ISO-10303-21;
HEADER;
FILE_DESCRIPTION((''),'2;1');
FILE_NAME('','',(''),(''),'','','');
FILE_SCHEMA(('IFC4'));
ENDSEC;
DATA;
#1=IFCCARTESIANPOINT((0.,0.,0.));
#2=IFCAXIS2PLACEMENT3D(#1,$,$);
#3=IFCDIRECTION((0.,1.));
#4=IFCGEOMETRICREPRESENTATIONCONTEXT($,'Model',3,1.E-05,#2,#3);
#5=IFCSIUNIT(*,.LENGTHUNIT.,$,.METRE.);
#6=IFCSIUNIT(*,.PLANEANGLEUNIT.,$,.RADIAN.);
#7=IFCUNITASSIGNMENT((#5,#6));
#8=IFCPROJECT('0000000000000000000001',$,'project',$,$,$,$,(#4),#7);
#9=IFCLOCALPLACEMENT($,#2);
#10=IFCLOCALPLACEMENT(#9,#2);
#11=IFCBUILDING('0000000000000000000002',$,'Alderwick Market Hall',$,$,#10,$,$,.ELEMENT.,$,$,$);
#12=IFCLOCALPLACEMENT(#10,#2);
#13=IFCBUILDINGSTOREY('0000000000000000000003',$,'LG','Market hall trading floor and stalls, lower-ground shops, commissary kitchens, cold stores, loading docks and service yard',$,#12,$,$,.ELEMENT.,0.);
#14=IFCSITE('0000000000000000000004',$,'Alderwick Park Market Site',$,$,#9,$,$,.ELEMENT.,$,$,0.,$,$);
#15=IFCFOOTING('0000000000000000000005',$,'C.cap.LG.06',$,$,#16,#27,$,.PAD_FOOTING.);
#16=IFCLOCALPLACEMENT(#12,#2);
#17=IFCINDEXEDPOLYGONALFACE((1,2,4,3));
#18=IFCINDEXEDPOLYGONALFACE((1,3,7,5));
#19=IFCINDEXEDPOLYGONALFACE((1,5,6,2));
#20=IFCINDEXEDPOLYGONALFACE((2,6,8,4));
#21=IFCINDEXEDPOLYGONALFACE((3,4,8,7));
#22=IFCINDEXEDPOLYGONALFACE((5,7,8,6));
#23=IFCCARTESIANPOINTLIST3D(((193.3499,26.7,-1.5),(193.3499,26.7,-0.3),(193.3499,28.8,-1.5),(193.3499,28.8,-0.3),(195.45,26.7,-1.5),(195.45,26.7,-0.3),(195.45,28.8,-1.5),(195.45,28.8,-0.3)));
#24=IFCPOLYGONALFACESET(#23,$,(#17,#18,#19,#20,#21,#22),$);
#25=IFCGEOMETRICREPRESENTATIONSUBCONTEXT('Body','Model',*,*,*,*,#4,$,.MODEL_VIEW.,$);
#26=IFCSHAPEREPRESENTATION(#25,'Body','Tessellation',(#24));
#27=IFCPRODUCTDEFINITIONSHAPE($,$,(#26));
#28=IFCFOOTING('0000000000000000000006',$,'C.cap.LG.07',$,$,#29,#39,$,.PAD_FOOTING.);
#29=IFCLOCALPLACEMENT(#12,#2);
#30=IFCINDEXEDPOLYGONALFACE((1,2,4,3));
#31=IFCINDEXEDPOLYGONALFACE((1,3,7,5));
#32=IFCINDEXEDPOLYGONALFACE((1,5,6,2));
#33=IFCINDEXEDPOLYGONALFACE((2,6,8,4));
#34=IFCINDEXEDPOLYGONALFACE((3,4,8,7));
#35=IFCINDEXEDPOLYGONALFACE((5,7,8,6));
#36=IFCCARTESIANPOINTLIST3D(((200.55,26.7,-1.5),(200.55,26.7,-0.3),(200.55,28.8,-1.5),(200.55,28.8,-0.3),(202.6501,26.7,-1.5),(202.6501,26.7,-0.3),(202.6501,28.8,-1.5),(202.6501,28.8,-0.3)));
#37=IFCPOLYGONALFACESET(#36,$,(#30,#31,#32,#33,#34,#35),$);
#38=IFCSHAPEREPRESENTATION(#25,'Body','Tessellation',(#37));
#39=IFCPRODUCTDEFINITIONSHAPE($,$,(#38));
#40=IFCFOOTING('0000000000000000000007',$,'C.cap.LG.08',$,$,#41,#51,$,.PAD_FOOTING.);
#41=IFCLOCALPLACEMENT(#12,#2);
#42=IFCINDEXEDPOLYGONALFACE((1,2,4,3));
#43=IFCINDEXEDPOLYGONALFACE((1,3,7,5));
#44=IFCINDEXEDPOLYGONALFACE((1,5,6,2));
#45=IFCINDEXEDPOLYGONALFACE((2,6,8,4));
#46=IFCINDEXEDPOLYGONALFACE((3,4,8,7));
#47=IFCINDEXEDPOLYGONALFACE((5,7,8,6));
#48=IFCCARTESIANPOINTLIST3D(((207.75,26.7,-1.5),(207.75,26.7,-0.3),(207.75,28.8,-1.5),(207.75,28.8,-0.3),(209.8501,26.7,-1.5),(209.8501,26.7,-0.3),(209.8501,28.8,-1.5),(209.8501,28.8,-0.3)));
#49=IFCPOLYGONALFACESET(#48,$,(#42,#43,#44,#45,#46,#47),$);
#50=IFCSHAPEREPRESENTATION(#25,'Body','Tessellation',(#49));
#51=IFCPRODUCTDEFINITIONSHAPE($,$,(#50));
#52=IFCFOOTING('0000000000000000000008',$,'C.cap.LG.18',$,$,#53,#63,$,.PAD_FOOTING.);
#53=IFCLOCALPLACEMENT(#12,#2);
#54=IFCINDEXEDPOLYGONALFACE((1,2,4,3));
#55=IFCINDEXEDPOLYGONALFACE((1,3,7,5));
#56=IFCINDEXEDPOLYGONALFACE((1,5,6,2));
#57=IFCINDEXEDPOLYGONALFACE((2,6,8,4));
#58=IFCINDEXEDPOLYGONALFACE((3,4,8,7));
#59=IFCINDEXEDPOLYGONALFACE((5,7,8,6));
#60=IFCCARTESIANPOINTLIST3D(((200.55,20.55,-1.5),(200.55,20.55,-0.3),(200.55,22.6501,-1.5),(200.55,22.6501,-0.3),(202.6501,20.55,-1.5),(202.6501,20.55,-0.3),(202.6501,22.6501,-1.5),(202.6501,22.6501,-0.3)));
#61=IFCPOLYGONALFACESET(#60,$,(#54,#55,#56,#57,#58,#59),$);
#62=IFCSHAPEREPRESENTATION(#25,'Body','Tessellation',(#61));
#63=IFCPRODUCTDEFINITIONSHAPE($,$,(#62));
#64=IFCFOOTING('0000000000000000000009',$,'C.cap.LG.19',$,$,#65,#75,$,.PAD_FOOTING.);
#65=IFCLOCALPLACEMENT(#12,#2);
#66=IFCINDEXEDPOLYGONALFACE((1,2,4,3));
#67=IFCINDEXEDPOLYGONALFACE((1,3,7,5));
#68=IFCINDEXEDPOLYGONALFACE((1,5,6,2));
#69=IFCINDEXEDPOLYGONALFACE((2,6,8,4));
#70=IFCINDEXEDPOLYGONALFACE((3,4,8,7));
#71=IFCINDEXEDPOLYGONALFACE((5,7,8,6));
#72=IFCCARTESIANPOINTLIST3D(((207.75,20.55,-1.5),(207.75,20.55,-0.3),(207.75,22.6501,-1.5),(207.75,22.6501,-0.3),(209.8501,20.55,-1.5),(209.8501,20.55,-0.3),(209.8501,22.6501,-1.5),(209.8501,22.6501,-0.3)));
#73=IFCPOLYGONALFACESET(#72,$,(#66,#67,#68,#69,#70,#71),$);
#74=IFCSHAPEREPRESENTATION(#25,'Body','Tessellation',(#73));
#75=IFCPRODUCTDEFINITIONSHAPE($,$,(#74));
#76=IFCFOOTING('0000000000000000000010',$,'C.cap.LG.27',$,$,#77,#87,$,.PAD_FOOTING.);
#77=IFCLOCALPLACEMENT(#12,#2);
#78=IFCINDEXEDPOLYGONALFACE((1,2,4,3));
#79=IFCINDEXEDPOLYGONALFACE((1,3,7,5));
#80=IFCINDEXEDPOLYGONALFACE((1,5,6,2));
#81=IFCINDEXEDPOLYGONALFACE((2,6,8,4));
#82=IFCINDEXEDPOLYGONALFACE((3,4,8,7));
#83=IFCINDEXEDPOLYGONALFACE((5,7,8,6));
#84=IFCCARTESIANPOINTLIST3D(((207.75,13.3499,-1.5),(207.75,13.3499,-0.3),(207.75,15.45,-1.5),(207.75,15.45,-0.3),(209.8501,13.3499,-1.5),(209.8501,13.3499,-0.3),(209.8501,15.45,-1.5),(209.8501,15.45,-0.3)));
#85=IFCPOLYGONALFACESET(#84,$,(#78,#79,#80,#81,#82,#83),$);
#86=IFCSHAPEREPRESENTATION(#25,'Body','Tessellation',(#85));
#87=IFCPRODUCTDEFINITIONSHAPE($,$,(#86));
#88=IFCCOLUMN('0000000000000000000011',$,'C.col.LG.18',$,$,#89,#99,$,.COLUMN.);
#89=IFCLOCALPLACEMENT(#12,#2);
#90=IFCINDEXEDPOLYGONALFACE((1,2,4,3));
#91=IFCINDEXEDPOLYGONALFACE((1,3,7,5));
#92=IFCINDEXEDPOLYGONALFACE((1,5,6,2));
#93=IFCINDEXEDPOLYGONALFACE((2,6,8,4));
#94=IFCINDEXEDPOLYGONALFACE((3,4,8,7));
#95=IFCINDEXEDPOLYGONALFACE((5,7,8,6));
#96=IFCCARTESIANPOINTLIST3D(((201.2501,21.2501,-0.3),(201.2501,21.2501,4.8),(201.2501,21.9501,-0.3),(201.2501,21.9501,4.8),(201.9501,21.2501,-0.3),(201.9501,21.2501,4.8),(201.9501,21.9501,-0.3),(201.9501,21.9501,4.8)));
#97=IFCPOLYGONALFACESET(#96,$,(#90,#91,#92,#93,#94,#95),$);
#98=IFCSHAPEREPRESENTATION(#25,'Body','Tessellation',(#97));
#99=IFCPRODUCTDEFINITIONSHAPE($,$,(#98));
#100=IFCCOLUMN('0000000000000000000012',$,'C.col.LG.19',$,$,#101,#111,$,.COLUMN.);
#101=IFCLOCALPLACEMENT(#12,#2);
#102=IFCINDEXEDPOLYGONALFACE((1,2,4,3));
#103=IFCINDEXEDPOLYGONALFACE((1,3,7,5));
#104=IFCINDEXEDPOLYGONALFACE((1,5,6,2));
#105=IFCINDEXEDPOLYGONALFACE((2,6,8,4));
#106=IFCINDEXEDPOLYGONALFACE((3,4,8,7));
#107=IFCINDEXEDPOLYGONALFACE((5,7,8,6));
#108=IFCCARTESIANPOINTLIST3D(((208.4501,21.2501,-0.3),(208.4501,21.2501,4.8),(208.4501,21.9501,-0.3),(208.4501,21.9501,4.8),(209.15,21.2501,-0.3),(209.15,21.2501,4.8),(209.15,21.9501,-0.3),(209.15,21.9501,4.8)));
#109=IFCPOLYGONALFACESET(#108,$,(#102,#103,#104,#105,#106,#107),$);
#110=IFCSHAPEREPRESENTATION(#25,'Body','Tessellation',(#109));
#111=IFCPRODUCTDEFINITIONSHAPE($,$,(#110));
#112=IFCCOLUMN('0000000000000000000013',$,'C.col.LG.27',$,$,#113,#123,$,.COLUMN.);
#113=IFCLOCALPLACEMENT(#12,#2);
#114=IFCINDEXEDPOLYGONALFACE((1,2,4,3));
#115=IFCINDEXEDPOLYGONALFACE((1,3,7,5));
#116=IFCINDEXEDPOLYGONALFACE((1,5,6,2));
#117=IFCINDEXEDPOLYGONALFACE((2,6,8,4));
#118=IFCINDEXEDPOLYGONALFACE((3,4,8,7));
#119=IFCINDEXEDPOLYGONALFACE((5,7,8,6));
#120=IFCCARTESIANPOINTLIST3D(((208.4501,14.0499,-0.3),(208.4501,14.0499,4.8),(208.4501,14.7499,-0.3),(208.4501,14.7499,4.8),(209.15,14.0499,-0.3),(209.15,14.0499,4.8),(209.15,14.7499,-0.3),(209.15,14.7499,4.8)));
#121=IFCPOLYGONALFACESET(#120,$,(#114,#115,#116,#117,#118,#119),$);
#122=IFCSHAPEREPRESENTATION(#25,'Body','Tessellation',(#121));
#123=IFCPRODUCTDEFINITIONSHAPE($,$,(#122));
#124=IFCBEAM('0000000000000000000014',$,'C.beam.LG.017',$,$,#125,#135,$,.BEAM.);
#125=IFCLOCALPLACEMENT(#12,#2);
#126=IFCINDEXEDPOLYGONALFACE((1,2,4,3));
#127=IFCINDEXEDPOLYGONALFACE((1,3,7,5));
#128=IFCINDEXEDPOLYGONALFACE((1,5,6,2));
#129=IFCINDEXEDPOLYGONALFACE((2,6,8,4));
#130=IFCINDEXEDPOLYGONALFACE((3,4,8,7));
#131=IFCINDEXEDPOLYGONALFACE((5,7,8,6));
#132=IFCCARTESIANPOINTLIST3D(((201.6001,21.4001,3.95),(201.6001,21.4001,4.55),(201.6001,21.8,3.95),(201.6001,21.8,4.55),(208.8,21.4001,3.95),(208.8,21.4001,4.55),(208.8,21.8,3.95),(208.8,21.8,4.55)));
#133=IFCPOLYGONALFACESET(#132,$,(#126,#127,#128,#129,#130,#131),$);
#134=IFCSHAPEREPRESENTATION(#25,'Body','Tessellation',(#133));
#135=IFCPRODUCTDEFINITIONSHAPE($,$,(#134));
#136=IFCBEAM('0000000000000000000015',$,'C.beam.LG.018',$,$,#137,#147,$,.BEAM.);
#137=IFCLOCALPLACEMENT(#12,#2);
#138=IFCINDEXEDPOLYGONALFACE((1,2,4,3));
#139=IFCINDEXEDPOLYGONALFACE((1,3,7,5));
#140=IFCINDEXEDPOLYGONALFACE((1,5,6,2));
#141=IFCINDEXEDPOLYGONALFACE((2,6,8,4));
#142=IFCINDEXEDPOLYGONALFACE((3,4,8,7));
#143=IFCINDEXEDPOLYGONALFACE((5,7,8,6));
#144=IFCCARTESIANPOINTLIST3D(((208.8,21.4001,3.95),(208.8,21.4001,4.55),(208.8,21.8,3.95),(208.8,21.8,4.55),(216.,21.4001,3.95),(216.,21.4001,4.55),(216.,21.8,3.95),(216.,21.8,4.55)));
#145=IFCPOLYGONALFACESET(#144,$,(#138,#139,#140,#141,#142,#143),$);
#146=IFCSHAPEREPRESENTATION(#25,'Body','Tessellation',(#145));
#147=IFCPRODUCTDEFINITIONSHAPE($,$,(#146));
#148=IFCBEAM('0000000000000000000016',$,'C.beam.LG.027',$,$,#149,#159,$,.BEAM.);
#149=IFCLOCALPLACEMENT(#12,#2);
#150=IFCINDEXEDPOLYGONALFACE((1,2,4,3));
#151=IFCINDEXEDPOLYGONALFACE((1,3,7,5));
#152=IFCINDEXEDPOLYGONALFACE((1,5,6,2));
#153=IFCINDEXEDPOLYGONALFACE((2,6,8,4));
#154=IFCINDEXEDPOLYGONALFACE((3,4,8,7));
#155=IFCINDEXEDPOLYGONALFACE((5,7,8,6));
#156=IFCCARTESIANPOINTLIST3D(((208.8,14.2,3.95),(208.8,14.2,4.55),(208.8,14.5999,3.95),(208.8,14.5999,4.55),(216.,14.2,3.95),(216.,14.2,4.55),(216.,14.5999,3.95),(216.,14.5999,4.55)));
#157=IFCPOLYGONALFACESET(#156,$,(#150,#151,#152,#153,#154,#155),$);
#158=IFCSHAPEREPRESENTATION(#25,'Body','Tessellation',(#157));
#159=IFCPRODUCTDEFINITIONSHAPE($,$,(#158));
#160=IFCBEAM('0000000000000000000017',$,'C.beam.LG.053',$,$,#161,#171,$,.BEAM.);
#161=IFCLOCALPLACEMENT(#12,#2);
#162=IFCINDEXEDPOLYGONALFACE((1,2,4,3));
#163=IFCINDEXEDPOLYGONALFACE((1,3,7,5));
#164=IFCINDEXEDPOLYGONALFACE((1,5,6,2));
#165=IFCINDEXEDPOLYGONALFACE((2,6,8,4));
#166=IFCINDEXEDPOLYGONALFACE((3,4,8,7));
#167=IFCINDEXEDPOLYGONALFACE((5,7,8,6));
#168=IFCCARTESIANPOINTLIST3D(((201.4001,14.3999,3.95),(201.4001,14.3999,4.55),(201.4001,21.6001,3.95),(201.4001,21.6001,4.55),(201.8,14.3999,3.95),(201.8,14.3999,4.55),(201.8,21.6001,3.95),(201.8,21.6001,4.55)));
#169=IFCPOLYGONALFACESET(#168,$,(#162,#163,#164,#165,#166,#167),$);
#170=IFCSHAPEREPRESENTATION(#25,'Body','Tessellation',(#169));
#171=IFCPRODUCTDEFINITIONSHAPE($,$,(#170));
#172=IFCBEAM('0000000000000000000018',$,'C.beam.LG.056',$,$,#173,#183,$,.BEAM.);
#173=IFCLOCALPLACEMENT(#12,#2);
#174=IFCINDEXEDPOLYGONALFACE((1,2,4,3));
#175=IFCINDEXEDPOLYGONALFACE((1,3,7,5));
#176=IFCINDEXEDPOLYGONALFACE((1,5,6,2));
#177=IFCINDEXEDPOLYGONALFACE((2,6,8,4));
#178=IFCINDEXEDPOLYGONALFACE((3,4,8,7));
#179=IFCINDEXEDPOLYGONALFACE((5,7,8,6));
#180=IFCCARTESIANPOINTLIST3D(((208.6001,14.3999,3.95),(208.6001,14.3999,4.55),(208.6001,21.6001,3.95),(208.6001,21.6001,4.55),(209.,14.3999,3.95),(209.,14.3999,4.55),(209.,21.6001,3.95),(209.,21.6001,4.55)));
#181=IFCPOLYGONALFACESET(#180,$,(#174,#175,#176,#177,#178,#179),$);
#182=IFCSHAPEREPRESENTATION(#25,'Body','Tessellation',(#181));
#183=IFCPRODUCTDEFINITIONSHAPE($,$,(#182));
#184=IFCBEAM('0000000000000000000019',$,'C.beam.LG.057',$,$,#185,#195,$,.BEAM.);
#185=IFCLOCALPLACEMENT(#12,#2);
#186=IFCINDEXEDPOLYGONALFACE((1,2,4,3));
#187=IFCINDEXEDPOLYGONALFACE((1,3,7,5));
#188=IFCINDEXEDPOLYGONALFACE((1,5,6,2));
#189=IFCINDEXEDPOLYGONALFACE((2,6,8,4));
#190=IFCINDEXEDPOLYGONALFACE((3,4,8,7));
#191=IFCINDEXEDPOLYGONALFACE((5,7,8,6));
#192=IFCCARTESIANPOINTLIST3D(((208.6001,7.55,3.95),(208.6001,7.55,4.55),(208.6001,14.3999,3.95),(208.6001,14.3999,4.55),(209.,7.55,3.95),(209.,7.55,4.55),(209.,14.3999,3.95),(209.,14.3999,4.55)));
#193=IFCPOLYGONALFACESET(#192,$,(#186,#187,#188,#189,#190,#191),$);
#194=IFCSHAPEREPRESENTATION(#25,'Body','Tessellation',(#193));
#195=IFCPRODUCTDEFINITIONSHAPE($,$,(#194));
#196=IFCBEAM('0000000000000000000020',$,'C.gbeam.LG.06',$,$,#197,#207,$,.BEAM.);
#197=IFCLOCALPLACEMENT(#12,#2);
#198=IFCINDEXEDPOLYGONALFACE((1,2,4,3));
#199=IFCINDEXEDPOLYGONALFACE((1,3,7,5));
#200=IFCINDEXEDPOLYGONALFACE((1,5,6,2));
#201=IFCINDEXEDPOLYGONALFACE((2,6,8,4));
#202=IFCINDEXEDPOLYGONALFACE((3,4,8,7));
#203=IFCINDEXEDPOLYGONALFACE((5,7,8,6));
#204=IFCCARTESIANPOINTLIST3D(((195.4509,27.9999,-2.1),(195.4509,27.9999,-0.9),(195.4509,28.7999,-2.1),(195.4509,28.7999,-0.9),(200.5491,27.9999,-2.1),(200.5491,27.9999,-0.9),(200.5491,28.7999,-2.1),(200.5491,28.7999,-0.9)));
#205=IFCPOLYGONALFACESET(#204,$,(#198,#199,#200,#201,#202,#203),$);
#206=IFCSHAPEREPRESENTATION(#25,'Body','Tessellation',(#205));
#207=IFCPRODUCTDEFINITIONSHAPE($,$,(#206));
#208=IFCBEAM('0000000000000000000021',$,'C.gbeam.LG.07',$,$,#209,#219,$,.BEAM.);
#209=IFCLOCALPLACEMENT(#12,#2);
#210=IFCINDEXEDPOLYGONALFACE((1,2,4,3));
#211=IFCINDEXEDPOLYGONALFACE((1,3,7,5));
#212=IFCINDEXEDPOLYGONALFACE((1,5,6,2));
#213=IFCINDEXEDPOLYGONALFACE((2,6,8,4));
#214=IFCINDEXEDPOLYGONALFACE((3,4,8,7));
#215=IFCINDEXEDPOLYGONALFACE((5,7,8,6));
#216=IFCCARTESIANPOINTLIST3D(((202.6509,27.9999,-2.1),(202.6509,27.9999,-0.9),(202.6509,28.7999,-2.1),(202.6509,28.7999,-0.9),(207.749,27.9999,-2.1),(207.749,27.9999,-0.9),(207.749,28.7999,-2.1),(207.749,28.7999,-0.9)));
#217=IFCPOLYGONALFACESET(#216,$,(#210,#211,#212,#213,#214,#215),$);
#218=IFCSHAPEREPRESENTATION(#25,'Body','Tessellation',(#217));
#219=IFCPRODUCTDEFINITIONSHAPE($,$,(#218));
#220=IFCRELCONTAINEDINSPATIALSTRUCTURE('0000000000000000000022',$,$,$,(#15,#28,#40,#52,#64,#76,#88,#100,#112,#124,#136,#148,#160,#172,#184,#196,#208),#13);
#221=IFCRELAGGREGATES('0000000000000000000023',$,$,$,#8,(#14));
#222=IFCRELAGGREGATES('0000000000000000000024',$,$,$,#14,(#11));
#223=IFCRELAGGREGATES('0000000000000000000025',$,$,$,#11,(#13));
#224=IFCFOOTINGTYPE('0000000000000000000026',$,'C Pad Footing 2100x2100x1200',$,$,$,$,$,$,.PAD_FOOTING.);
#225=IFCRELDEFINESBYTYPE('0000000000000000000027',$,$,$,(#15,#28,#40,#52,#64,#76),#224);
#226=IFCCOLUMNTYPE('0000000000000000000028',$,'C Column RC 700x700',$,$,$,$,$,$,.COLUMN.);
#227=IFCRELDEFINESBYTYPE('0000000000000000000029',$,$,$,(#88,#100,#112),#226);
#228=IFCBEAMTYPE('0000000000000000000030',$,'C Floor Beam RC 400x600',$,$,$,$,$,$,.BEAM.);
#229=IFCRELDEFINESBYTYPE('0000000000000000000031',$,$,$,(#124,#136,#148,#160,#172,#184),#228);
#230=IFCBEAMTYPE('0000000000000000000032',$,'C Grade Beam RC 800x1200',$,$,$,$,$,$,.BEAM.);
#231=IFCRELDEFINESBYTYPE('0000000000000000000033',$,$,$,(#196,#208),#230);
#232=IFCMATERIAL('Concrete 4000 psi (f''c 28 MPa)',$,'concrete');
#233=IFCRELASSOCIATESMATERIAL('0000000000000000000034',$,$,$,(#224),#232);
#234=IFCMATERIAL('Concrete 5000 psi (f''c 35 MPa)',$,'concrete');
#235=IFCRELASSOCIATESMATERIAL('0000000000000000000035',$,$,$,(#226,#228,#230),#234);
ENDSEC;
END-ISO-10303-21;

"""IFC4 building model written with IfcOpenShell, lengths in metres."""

from ifc_helpers import new_model, si_unit, direction, frame, origin, origin_2d, place, context, subcontext, project, spatial, rectangle, extrude, material, material_profile, profile_set, type_object, element, save


model = new_model("IFC4")

# Units and contexts
model_context = context("Model", 3, precision=1e-05, world=origin(), true_north=direction((0.0, 1.0)))
body_context = subcontext(model_context, "Body", "Model", "MODEL_VIEW")
ifc_project = project(units=[si_unit("LENGTHUNIT", "METRE"), si_unit("PLANEANGLEUNIT", "RADIAN")], contexts=[model_context])

# Site, building, storey
site_placement = place(None, origin())
site = spatial("IfcSite", under=ifc_project, at=site_placement, Name="Alderwick Park Market Site", CompositionType="ELEMENT", RefElevation=0.0)
building_placement = place(site_placement, origin())
building = spatial("IfcBuilding", under=site, at=building_placement, Name="Alderwick Market Hall", CompositionType="ELEMENT")
storey_placement = place(building_placement, origin())
storey = spatial("IfcBuildingStorey", under=building, at=storey_placement, Name="LG", Description="Market hall trading floor and stalls, lower-ground shops, commissary kitchens, cold stores, loading docks and service yard", CompositionType="ELEMENT", Elevation=0.0)

# Footings
ifc_material_1 = material(Name="Concrete 4000 psi (f'c 28 MPa)", Category="concrete")
footing_type = type_object("IfcFootingType", Name="C Pad Footing 2100x2100x1200", PredefinedType="PAD_FOOTING", material=ifc_material_1)
for number, where, z_axis, x_axis, name in (
    (1, (194.3999, 27.75, -1.5), (0.0, 0.0, 1.0), (1.0, 0.0, 0.0), "C.cap.LG.06"),
    (2, (201.6001, 27.75, -1.5), (0.0, 0.0, 1.0), (1.0, 0.0, 0.0), "C.cap.LG.07"),
    (3, (208.8, 27.75, -1.5), (0.0, 0.0, 1.0), (1.0, 0.0, 0.0), "C.cap.LG.08"),
    (4, (201.6001, 21.6001, -1.5), (0.0, 0.0, 1.0), (1.0, 0.0, 0.0), "C.cap.LG.18"),
    (5, (208.8, 21.6001, -1.5), (0.0, 0.0, 1.0), (1.0, 0.0, 0.0), "C.cap.LG.19"),
    (6, (208.8, 14.3999, -1.5), (0.0, 0.0, 1.0), (1.0, 0.0, 0.0), "C.cap.LG.27"),
):
    element("IfcFooting", number, at=place(storey_placement, frame(where, z_axis=z_axis, x_axis=x_axis)), inside=storey, type_object=footing_type, Name=name, PredefinedType="PAD_FOOTING", context=body_context, shape_type="SweptSolid", body=[
        extrude(rectangle(XDim=2.1001, YDim=2.1001, at=origin_2d()), origin(), (0.0, 0.0, 1.0), 1.2),
    ])

# Columns
ifc_material_2 = material(Name="Concrete 5000 psi (f'c 35 MPa)", Category="concrete")
ifc_material_profile_1 = material_profile(ifc_material_2, rectangle(XDim=0.7, YDim=0.7, at=origin_2d()), Name="RC 700x700")
ifc_profile_set_1 = profile_set([ifc_material_profile_1], Name="Concrete 5000 psi (f'c 35 MPa)")
column_type = type_object("IfcColumnType", Name="C Column RC 700x700", PredefinedType="COLUMN", material=ifc_profile_set_1)
for number, where, z_axis, x_axis, name in (
    (7, (201.6001, 21.6001, -0.3), (0.0, 0.0, 1.0), (1.0, 0.0, 0.0), "C.col.LG.18"),
    (8, (208.8, 21.6001, -0.3), (0.0, 0.0, 1.0), (1.0, 0.0, 0.0), "C.col.LG.19"),
    (9, (208.8, 14.3999, -0.3), (0.0, 0.0, 1.0), (1.0, 0.0, 0.0), "C.col.LG.27"),
):
    element("IfcColumn", number, at=place(storey_placement, frame(where, z_axis=z_axis, x_axis=x_axis)), inside=storey, type_object=column_type, Name=name, PredefinedType="COLUMN", context=body_context, shape_type="SweptSolid", body=[
        extrude(rectangle(XDim=0.7, YDim=0.7, at=origin_2d()), origin(), (0.0, 0.0, 1.0), 5.1001),
    ])

# Beams
ifc_material_profile_2 = material_profile(ifc_material_2, rectangle(XDim=0.3999, YDim=0.6001, at=origin_2d()), Name="RC 400x600")
ifc_profile_set_2 = profile_set([ifc_material_profile_2], Name="Concrete 5000 psi (f'c 35 MPa)")
beam_type_1 = type_object("IfcBeamType", Name="C Floor Beam RC 400x600", PredefinedType="BEAM", material=ifc_profile_set_2)
for number, where, z_axis, x_axis, name in (
    (10, (201.6001, 21.6001, 4.25), (1.0, 0.0, 0.0), (0.0, 1.0, 0.0), "C.beam.LG.017"),
    (11, (208.8, 21.6001, 4.25), (1.0, 0.0, 0.0), (0.0, 1.0, 0.0), "C.beam.LG.018"),
    (12, (208.8, 14.3999, 4.25), (1.0, 0.0, 0.0), (0.0, 1.0, 0.0), "C.beam.LG.027"),
):
    element("IfcBeam", number, at=place(storey_placement, frame(where, z_axis=z_axis, x_axis=x_axis)), inside=storey, type_object=beam_type_1, Name=name, PredefinedType="BEAM", context=body_context, shape_type="SweptSolid", body=[
        extrude(rectangle(XDim=0.3999, YDim=0.6001, at=origin_2d()), origin(), (0.0, 0.0, 1.0), 7.2),
    ])
for number, where, z_axis, x_axis, name in (
    (13, (201.6001, 21.6001, 4.25), (0.0, -1.0, 0.0), (1.0, 0.0, 0.0), "C.beam.LG.053"),
    (14, (208.8, 21.6001, 4.25), (0.0, -1.0, 0.0), (1.0, 0.0, 0.0), "C.beam.LG.056"),
):
    element("IfcBeam", number, at=place(storey_placement, frame(where, z_axis=z_axis, x_axis=x_axis)), inside=storey, type_object=beam_type_1, Name=name, PredefinedType="BEAM", context=body_context, shape_type="SweptSolid", body=[
        extrude(rectangle(XDim=0.3999, YDim=0.6001, at=origin_2d()), origin(), (0.0, 0.0, 1.0), 7.2002),
    ])
beam_1_placement = place(storey_placement, frame((208.8, 14.3999, 4.25), z_axis=(0.0, -1.0, 0.0), x_axis=(1.0, 0.0, 0.0)))
element("IfcBeam", 15, at=beam_1_placement, inside=storey, type_object=beam_type_1, Name="C.beam.LG.057", PredefinedType="BEAM", context=body_context, shape_type="SweptSolid", body=[
    extrude(rectangle(XDim=0.3999, YDim=0.6001, at=origin_2d()), origin(), (0.0, 0.0, 1.0), 6.8499),
])
ifc_material_profile_3 = material_profile(ifc_material_2, rectangle(XDim=0.8, YDim=1.2, at=origin_2d()), Name="RC 800x1200")
ifc_profile_set_3 = profile_set([ifc_material_profile_3], Name="Concrete 5000 psi (f'c 35 MPa)")
beam_type_2 = type_object("IfcBeamType", Name="C Grade Beam RC 800x1200", PredefinedType="BEAM", material=ifc_profile_set_3)
for number, where, z_axis, x_axis, name in (
    (16, (195.4509, 28.3999, -1.5), (1.0, 0.0, 0.0), (0.0, 1.0, 0.0), "C.gbeam.LG.06"),
    (17, (202.6509, 28.3999, -1.5), (1.0, 0.0, 0.0), (0.0, 1.0, 0.0), "C.gbeam.LG.07"),
):
    element("IfcBeam", number, at=place(storey_placement, frame(where, z_axis=z_axis, x_axis=x_axis)), inside=storey, type_object=beam_type_2, Name=name, PredefinedType="BEAM", context=body_context, shape_type="SweptSolid", body=[
        extrude(rectangle(XDim=0.8, YDim=1.2, at=origin_2d()), origin(), (0.0, 0.0, 1.0), 5.0981),
    ])

save(model, "model.ifc")
